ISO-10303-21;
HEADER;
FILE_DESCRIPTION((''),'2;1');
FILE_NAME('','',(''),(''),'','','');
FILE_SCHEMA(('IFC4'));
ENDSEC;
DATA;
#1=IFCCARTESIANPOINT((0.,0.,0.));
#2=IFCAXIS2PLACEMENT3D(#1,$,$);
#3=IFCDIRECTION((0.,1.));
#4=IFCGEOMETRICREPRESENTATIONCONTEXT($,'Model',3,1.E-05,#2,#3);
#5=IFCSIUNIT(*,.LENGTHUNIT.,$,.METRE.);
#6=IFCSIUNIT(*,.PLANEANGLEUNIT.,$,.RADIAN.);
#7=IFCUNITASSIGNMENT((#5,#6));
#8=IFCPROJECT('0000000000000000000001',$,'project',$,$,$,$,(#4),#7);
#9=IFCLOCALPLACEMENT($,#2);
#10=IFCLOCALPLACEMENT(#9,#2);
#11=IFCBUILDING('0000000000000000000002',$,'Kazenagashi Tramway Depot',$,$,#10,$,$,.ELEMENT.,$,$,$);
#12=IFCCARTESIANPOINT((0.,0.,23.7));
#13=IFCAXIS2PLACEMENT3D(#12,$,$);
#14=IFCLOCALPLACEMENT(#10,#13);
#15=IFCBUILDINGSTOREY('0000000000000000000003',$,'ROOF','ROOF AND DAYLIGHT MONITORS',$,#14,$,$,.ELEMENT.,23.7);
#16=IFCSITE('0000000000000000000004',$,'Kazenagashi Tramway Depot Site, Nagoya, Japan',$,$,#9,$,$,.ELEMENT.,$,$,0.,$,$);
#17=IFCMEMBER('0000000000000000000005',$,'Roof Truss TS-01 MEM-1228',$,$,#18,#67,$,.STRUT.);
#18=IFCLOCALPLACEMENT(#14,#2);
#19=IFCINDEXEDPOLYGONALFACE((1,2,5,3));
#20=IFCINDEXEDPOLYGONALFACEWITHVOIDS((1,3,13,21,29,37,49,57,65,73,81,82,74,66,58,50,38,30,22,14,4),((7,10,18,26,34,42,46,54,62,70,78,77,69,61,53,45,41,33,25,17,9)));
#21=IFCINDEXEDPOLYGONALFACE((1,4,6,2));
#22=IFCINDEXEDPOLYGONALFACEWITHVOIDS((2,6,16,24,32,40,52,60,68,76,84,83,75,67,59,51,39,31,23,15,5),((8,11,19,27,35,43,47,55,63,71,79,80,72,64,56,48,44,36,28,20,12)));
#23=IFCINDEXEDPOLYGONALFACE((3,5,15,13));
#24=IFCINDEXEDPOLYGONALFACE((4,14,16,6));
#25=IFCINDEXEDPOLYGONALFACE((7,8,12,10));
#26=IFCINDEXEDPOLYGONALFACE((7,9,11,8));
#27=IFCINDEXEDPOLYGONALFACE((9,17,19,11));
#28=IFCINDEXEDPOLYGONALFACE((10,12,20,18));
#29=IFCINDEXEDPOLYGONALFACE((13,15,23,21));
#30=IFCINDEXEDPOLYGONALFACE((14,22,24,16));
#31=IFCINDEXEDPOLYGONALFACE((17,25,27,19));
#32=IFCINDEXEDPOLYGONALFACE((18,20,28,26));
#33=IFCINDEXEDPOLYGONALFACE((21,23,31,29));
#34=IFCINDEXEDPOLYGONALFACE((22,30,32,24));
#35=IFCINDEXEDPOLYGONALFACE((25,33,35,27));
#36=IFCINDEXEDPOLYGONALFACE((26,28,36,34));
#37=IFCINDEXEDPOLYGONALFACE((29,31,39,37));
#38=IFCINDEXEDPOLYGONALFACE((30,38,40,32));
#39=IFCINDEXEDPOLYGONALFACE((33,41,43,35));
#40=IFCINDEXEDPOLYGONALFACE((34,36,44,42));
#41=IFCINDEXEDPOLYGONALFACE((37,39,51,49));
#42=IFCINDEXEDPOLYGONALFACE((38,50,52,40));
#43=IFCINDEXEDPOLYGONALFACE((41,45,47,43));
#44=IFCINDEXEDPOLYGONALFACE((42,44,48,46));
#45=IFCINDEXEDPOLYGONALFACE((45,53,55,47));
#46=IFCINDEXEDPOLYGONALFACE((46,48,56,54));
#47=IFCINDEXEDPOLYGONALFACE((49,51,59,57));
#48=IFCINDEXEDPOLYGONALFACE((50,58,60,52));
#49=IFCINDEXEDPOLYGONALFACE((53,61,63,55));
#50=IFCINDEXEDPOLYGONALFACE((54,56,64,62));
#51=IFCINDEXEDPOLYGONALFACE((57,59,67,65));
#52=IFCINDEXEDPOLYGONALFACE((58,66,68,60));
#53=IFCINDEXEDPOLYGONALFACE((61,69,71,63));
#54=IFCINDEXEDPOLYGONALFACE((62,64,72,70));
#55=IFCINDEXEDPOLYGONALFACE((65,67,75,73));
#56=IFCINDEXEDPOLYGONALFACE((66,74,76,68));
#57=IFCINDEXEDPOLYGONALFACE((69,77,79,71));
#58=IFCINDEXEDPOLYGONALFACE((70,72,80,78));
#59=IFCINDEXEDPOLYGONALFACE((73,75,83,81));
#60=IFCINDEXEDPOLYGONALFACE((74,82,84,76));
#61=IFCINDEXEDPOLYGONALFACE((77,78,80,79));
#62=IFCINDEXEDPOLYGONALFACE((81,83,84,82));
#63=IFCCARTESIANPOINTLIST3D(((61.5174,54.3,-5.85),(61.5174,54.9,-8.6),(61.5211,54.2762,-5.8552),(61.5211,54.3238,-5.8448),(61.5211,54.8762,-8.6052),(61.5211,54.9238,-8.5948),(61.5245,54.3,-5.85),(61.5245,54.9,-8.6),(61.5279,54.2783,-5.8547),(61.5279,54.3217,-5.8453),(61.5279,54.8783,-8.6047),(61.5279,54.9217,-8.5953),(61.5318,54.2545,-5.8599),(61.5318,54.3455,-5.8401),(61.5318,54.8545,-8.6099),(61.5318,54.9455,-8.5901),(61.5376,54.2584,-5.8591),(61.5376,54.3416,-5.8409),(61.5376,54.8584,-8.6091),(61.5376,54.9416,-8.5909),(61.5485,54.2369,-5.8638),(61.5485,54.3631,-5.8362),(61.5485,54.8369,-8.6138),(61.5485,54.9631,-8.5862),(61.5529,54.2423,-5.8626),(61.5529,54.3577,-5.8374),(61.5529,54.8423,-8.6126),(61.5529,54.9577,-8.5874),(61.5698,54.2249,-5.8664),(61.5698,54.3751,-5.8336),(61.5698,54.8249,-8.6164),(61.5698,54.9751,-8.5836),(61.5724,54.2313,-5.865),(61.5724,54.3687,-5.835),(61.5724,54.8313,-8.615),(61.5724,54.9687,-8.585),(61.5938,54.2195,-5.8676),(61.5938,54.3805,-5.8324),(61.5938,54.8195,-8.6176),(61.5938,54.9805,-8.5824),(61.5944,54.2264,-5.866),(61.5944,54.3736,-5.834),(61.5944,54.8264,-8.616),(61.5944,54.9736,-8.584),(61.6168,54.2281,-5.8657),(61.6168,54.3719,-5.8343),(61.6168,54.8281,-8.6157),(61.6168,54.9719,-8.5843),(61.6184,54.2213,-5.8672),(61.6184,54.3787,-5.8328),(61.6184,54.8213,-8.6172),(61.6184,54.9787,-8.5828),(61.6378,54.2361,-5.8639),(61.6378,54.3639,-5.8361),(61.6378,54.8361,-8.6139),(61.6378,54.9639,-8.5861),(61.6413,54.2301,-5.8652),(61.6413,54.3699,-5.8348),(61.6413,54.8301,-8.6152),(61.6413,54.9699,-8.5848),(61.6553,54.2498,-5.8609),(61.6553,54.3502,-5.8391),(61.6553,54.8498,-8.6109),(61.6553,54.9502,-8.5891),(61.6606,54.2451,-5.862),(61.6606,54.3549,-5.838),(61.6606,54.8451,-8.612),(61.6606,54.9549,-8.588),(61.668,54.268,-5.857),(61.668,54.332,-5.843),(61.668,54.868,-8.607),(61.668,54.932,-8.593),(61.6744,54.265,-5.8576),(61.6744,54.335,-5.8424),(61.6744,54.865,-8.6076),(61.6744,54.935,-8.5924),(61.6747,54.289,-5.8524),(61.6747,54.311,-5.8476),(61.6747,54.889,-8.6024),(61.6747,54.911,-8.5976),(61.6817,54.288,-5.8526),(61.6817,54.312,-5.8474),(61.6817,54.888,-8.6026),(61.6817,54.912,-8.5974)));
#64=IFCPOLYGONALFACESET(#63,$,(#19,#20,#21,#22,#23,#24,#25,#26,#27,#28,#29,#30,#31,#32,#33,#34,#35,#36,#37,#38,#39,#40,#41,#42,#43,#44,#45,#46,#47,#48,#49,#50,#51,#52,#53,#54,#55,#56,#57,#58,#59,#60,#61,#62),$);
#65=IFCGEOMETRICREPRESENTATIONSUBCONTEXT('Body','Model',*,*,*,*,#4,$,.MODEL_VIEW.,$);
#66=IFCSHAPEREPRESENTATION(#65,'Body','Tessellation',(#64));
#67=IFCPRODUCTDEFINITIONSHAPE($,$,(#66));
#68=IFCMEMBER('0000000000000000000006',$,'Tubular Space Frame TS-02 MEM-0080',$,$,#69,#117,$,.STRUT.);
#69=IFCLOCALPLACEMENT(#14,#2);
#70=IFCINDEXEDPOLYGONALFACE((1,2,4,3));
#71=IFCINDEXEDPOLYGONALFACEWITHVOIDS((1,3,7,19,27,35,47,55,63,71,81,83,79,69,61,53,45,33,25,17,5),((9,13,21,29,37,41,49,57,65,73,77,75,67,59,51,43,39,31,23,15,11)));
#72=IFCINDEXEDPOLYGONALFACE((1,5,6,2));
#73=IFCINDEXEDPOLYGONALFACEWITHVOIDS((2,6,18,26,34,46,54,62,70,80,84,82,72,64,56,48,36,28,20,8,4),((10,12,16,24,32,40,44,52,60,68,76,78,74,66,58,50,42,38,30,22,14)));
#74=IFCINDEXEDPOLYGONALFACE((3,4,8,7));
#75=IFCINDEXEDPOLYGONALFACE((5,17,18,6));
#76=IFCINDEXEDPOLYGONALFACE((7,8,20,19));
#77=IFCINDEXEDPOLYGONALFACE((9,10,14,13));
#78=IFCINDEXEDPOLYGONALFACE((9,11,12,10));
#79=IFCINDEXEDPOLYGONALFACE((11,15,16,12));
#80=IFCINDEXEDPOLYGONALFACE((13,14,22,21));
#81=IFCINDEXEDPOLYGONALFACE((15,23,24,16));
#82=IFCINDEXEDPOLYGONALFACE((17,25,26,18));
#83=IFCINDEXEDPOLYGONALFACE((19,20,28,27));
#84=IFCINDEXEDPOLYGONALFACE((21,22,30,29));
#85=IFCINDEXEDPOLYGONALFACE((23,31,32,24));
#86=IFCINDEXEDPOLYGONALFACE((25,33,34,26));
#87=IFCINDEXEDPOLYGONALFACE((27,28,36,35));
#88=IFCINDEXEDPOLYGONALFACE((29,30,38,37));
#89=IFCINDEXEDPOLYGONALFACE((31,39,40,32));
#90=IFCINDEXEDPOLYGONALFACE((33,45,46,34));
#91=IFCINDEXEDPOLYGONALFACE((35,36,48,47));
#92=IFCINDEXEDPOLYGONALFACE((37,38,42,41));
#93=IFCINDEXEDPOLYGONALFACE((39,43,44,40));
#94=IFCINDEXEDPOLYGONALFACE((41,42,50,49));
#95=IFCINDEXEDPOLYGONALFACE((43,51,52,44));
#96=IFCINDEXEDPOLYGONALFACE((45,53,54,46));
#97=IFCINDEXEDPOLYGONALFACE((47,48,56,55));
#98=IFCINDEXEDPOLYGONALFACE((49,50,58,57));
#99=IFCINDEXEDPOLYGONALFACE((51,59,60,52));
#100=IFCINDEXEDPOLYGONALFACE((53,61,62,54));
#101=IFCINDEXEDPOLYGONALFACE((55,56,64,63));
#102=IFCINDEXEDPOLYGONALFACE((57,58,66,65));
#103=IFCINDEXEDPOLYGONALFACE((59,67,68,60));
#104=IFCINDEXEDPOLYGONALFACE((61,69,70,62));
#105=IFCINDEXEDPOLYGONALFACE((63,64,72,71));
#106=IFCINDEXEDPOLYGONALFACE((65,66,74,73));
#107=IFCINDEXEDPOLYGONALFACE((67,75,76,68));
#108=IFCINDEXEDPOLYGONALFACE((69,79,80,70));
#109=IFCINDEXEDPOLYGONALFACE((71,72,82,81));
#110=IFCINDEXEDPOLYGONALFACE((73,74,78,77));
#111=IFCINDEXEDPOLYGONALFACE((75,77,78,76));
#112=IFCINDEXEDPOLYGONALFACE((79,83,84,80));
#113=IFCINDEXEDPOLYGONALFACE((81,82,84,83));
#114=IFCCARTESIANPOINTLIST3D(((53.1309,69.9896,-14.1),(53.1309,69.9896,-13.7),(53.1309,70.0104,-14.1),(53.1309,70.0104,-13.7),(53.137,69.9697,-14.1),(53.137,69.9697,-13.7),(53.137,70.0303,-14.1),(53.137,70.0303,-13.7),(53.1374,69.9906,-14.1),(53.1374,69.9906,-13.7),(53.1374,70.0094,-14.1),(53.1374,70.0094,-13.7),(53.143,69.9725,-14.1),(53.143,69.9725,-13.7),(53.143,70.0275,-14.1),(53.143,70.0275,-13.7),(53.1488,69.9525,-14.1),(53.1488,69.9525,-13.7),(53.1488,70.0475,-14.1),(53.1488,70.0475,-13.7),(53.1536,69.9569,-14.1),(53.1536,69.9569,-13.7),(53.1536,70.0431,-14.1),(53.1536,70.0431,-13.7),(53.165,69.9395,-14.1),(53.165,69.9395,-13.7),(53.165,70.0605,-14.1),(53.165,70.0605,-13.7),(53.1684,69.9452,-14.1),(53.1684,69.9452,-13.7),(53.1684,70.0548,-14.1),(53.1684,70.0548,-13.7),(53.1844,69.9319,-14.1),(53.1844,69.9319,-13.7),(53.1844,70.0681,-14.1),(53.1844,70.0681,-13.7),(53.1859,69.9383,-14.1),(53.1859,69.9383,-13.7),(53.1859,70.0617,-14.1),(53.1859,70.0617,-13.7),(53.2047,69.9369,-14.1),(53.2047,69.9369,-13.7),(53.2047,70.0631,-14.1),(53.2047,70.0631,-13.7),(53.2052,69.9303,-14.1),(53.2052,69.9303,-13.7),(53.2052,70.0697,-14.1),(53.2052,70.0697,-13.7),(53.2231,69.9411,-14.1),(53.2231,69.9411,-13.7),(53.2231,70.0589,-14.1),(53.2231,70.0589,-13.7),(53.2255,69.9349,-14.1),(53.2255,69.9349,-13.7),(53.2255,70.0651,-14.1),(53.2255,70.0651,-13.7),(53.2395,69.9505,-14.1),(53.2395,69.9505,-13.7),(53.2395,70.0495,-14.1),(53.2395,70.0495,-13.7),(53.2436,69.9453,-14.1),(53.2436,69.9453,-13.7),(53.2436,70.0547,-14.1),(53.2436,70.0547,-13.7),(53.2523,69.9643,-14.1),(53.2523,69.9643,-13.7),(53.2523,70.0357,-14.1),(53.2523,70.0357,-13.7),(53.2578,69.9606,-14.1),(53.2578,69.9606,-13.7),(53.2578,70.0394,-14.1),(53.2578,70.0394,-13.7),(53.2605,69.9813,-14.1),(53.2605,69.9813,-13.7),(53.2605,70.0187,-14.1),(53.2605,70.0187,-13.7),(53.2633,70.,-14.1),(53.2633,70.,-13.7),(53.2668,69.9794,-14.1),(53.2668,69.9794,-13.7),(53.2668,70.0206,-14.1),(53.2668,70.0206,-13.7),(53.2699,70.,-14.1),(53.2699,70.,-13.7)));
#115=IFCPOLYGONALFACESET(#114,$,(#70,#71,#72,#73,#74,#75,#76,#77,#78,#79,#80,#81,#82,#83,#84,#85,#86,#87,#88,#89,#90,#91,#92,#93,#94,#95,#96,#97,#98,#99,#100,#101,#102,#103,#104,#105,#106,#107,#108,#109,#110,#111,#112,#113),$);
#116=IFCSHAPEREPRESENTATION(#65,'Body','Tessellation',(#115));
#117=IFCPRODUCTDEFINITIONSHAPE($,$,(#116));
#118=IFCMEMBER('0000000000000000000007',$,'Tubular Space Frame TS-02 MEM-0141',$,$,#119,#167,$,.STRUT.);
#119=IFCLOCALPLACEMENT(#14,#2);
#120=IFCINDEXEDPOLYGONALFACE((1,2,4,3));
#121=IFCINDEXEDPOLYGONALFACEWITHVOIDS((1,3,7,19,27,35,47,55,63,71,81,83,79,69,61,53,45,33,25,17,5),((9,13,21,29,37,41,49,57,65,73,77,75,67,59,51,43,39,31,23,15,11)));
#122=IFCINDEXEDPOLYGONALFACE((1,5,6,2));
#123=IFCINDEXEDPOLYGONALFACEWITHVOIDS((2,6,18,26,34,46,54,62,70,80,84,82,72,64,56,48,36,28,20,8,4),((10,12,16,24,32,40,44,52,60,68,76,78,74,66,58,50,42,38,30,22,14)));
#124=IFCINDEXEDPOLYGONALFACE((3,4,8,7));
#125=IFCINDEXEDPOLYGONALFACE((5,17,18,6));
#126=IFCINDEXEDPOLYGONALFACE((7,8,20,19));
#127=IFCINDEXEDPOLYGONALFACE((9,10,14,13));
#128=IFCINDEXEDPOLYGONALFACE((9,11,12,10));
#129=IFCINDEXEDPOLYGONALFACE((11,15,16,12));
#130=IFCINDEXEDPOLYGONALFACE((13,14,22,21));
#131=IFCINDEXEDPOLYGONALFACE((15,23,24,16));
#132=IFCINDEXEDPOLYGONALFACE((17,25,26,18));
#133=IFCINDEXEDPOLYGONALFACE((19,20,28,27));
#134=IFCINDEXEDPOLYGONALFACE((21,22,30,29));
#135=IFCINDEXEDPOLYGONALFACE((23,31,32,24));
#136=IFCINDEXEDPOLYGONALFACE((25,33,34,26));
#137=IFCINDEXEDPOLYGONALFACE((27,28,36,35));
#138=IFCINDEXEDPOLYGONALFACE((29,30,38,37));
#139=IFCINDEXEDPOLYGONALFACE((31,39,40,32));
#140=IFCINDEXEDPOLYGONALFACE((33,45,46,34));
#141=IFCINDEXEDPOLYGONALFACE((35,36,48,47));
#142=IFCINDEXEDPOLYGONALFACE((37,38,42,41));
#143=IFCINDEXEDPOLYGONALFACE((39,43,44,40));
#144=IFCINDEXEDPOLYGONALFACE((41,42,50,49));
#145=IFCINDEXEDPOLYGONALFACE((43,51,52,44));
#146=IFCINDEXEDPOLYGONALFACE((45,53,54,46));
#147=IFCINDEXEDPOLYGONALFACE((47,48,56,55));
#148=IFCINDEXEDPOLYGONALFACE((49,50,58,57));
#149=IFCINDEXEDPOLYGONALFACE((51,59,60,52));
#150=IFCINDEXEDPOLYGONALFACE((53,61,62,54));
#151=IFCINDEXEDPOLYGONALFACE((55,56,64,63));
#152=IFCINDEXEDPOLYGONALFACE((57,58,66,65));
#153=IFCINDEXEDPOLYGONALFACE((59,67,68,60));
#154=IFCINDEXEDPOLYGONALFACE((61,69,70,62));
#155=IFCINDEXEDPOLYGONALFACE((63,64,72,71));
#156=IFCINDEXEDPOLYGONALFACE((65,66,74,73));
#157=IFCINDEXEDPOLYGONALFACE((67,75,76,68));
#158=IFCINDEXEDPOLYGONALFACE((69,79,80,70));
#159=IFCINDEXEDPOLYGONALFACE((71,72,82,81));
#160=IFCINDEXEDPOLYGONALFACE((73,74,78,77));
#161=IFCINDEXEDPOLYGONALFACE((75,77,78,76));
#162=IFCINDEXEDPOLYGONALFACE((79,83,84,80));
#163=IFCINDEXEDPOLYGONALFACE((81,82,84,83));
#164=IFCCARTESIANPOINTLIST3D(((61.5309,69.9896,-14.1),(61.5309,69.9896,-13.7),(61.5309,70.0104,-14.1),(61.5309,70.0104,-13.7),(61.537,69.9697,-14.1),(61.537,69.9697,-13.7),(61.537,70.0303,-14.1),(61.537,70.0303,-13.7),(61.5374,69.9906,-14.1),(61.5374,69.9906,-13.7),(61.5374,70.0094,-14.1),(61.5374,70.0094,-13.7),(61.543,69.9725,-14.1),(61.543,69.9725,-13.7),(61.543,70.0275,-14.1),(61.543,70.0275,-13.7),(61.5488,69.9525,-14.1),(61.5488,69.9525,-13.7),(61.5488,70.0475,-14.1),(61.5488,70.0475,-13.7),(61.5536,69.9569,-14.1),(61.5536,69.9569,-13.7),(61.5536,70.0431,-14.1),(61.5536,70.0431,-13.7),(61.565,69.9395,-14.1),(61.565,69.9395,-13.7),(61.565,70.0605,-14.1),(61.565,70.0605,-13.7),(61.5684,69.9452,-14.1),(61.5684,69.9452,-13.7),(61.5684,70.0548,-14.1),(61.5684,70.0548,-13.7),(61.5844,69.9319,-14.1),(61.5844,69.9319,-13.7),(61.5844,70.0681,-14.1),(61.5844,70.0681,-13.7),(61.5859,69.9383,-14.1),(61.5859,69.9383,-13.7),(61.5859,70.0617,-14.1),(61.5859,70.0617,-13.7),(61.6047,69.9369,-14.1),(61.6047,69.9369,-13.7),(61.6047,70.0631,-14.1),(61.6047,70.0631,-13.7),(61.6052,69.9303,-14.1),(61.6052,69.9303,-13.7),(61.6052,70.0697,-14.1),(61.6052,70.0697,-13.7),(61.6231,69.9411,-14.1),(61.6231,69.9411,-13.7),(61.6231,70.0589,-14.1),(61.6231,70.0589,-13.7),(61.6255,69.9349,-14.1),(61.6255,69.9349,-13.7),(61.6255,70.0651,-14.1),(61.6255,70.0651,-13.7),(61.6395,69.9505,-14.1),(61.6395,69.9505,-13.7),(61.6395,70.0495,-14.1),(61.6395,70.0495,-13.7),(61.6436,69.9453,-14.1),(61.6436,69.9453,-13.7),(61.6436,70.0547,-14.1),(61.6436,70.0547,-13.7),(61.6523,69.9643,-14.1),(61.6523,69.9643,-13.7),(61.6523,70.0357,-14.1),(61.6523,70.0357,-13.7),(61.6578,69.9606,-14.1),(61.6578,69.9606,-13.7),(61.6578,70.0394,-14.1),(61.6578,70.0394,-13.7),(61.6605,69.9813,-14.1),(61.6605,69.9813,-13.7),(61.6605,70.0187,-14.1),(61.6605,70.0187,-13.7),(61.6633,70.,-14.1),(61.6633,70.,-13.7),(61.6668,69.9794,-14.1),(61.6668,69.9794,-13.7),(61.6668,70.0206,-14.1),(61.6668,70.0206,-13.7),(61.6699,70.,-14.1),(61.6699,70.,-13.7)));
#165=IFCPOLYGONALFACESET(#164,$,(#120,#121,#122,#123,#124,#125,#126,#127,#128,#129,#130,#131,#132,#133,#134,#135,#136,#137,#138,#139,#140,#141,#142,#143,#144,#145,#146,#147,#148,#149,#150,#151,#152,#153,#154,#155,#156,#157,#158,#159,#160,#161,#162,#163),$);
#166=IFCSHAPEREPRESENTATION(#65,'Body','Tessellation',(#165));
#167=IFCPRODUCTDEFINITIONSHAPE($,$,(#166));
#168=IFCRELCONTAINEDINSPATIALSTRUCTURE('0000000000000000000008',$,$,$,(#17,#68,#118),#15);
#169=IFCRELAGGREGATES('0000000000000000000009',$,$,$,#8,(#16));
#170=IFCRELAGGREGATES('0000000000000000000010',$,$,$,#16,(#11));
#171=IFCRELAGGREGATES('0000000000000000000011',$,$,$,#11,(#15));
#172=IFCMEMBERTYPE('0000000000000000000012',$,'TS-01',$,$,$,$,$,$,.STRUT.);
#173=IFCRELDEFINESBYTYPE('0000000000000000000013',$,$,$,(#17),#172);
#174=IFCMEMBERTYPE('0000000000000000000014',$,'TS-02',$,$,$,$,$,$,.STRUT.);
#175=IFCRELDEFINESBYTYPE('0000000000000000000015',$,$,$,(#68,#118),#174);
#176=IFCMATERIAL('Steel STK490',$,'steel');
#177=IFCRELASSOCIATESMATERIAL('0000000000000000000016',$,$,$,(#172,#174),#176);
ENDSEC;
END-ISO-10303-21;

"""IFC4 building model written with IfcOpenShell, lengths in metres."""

from ifc_helpers import new_model, si_unit, direction, frame, origin, origin_2d, place, context, subcontext, project, spatial, hollow_circle, extrude, material, material_profile, profile_set, type_object, element, save


model = new_model("IFC4")

# Units and contexts
model_context = context("Model", 3, precision=1e-05, world=origin(), true_north=direction((0.0, 1.0)))
body_context = subcontext(model_context, "Body", "Model", "MODEL_VIEW")
ifc_project = project(units=[si_unit("LENGTHUNIT", "METRE"), si_unit("PLANEANGLEUNIT", "RADIAN")], contexts=[model_context])

# Site, building, storey
site_placement = place(None, origin())
site = spatial("IfcSite", under=ifc_project, at=site_placement, Name="Kazenagashi Tramway Depot Site, Nagoya, Japan", CompositionType="ELEMENT", RefElevation=0.0)
building_placement = place(site_placement, origin())
building = spatial("IfcBuilding", under=site, at=building_placement, Name="Kazenagashi Tramway Depot", CompositionType="ELEMENT")
storey_placement = place(building_placement, frame((0.0, 0.0, 23.7)))
storey = spatial("IfcBuildingStorey", under=building, at=storey_placement, Name="ROOF", Description="ROOF AND DAYLIGHT MONITORS", CompositionType="ELEMENT", Elevation=23.7)

# Members
ifc_material_1 = material(Name="Steel STK490", Category="steel")
ifc_material_profile_1 = material_profile(ifc_material_1, hollow_circle(Radius=0.0826, WallThickness=0.0071, at=origin_2d()), Name="CHS-165.2x7.1")
ifc_profile_set_1 = profile_set([ifc_material_profile_1], Name="Steel STK490")
member_type_1 = type_object("IfcMemberType", Name="TS-01", PredefinedType="STRUT", material=ifc_profile_set_1)
for number, where, z_axis, x_axis, name in (
    (1, (61.6, 54.3, -5.85), (0.0, 0.213167, -0.977016), (-1.0, 0.0, 0.0), "Roof Truss TS-01 MEM-1228"),
):
    element("IfcMember", number, at=place(storey_placement, frame(where, z_axis=z_axis, x_axis=x_axis)), inside=storey, type_object=member_type_1, Name=name, PredefinedType="STRUT", context=body_context, shape_type="SweptSolid", body=[
        extrude(hollow_circle(Radius=0.0826, WallThickness=0.0071, at=origin_2d()), origin(), (0.0, 0.0, 1.0), 2.8147),
    ])
ifc_material_profile_2 = material_profile(ifc_material_1, hollow_circle(Radius=0.0699, WallThickness=0.0066, at=origin_2d()), Name="CHS-139.8x6.6")
ifc_profile_set_2 = profile_set([ifc_material_profile_2], Name="Steel STK490")
member_type_2 = type_object("IfcMemberType", Name="TS-02", PredefinedType="STRUT", material=ifc_profile_set_2)
for number, where, z_axis, x_axis, name in (
    (2, (53.2, 70.0, -14.1), (0.0, 0.0, 1.0), (1.0, 0.0, 0.0), "Tubular Space Frame TS-02 MEM-0080"),
    (3, (61.6, 70.0, -14.1), (0.0, 0.0, 1.0), (1.0, 0.0, 0.0), "Tubular Space Frame TS-02 MEM-0141"),
):
    element("IfcMember", number, at=place(storey_placement, frame(where, z_axis=z_axis, x_axis=x_axis)), inside=storey, type_object=member_type_2, Name=name, PredefinedType="STRUT", context=body_context, shape_type="SweptSolid", body=[
        extrude(hollow_circle(Radius=0.0699, WallThickness=0.0066, at=origin_2d()), origin(), (0.0, 0.0, 1.0), 0.4),
    ])

save(model, "model.ifc")
